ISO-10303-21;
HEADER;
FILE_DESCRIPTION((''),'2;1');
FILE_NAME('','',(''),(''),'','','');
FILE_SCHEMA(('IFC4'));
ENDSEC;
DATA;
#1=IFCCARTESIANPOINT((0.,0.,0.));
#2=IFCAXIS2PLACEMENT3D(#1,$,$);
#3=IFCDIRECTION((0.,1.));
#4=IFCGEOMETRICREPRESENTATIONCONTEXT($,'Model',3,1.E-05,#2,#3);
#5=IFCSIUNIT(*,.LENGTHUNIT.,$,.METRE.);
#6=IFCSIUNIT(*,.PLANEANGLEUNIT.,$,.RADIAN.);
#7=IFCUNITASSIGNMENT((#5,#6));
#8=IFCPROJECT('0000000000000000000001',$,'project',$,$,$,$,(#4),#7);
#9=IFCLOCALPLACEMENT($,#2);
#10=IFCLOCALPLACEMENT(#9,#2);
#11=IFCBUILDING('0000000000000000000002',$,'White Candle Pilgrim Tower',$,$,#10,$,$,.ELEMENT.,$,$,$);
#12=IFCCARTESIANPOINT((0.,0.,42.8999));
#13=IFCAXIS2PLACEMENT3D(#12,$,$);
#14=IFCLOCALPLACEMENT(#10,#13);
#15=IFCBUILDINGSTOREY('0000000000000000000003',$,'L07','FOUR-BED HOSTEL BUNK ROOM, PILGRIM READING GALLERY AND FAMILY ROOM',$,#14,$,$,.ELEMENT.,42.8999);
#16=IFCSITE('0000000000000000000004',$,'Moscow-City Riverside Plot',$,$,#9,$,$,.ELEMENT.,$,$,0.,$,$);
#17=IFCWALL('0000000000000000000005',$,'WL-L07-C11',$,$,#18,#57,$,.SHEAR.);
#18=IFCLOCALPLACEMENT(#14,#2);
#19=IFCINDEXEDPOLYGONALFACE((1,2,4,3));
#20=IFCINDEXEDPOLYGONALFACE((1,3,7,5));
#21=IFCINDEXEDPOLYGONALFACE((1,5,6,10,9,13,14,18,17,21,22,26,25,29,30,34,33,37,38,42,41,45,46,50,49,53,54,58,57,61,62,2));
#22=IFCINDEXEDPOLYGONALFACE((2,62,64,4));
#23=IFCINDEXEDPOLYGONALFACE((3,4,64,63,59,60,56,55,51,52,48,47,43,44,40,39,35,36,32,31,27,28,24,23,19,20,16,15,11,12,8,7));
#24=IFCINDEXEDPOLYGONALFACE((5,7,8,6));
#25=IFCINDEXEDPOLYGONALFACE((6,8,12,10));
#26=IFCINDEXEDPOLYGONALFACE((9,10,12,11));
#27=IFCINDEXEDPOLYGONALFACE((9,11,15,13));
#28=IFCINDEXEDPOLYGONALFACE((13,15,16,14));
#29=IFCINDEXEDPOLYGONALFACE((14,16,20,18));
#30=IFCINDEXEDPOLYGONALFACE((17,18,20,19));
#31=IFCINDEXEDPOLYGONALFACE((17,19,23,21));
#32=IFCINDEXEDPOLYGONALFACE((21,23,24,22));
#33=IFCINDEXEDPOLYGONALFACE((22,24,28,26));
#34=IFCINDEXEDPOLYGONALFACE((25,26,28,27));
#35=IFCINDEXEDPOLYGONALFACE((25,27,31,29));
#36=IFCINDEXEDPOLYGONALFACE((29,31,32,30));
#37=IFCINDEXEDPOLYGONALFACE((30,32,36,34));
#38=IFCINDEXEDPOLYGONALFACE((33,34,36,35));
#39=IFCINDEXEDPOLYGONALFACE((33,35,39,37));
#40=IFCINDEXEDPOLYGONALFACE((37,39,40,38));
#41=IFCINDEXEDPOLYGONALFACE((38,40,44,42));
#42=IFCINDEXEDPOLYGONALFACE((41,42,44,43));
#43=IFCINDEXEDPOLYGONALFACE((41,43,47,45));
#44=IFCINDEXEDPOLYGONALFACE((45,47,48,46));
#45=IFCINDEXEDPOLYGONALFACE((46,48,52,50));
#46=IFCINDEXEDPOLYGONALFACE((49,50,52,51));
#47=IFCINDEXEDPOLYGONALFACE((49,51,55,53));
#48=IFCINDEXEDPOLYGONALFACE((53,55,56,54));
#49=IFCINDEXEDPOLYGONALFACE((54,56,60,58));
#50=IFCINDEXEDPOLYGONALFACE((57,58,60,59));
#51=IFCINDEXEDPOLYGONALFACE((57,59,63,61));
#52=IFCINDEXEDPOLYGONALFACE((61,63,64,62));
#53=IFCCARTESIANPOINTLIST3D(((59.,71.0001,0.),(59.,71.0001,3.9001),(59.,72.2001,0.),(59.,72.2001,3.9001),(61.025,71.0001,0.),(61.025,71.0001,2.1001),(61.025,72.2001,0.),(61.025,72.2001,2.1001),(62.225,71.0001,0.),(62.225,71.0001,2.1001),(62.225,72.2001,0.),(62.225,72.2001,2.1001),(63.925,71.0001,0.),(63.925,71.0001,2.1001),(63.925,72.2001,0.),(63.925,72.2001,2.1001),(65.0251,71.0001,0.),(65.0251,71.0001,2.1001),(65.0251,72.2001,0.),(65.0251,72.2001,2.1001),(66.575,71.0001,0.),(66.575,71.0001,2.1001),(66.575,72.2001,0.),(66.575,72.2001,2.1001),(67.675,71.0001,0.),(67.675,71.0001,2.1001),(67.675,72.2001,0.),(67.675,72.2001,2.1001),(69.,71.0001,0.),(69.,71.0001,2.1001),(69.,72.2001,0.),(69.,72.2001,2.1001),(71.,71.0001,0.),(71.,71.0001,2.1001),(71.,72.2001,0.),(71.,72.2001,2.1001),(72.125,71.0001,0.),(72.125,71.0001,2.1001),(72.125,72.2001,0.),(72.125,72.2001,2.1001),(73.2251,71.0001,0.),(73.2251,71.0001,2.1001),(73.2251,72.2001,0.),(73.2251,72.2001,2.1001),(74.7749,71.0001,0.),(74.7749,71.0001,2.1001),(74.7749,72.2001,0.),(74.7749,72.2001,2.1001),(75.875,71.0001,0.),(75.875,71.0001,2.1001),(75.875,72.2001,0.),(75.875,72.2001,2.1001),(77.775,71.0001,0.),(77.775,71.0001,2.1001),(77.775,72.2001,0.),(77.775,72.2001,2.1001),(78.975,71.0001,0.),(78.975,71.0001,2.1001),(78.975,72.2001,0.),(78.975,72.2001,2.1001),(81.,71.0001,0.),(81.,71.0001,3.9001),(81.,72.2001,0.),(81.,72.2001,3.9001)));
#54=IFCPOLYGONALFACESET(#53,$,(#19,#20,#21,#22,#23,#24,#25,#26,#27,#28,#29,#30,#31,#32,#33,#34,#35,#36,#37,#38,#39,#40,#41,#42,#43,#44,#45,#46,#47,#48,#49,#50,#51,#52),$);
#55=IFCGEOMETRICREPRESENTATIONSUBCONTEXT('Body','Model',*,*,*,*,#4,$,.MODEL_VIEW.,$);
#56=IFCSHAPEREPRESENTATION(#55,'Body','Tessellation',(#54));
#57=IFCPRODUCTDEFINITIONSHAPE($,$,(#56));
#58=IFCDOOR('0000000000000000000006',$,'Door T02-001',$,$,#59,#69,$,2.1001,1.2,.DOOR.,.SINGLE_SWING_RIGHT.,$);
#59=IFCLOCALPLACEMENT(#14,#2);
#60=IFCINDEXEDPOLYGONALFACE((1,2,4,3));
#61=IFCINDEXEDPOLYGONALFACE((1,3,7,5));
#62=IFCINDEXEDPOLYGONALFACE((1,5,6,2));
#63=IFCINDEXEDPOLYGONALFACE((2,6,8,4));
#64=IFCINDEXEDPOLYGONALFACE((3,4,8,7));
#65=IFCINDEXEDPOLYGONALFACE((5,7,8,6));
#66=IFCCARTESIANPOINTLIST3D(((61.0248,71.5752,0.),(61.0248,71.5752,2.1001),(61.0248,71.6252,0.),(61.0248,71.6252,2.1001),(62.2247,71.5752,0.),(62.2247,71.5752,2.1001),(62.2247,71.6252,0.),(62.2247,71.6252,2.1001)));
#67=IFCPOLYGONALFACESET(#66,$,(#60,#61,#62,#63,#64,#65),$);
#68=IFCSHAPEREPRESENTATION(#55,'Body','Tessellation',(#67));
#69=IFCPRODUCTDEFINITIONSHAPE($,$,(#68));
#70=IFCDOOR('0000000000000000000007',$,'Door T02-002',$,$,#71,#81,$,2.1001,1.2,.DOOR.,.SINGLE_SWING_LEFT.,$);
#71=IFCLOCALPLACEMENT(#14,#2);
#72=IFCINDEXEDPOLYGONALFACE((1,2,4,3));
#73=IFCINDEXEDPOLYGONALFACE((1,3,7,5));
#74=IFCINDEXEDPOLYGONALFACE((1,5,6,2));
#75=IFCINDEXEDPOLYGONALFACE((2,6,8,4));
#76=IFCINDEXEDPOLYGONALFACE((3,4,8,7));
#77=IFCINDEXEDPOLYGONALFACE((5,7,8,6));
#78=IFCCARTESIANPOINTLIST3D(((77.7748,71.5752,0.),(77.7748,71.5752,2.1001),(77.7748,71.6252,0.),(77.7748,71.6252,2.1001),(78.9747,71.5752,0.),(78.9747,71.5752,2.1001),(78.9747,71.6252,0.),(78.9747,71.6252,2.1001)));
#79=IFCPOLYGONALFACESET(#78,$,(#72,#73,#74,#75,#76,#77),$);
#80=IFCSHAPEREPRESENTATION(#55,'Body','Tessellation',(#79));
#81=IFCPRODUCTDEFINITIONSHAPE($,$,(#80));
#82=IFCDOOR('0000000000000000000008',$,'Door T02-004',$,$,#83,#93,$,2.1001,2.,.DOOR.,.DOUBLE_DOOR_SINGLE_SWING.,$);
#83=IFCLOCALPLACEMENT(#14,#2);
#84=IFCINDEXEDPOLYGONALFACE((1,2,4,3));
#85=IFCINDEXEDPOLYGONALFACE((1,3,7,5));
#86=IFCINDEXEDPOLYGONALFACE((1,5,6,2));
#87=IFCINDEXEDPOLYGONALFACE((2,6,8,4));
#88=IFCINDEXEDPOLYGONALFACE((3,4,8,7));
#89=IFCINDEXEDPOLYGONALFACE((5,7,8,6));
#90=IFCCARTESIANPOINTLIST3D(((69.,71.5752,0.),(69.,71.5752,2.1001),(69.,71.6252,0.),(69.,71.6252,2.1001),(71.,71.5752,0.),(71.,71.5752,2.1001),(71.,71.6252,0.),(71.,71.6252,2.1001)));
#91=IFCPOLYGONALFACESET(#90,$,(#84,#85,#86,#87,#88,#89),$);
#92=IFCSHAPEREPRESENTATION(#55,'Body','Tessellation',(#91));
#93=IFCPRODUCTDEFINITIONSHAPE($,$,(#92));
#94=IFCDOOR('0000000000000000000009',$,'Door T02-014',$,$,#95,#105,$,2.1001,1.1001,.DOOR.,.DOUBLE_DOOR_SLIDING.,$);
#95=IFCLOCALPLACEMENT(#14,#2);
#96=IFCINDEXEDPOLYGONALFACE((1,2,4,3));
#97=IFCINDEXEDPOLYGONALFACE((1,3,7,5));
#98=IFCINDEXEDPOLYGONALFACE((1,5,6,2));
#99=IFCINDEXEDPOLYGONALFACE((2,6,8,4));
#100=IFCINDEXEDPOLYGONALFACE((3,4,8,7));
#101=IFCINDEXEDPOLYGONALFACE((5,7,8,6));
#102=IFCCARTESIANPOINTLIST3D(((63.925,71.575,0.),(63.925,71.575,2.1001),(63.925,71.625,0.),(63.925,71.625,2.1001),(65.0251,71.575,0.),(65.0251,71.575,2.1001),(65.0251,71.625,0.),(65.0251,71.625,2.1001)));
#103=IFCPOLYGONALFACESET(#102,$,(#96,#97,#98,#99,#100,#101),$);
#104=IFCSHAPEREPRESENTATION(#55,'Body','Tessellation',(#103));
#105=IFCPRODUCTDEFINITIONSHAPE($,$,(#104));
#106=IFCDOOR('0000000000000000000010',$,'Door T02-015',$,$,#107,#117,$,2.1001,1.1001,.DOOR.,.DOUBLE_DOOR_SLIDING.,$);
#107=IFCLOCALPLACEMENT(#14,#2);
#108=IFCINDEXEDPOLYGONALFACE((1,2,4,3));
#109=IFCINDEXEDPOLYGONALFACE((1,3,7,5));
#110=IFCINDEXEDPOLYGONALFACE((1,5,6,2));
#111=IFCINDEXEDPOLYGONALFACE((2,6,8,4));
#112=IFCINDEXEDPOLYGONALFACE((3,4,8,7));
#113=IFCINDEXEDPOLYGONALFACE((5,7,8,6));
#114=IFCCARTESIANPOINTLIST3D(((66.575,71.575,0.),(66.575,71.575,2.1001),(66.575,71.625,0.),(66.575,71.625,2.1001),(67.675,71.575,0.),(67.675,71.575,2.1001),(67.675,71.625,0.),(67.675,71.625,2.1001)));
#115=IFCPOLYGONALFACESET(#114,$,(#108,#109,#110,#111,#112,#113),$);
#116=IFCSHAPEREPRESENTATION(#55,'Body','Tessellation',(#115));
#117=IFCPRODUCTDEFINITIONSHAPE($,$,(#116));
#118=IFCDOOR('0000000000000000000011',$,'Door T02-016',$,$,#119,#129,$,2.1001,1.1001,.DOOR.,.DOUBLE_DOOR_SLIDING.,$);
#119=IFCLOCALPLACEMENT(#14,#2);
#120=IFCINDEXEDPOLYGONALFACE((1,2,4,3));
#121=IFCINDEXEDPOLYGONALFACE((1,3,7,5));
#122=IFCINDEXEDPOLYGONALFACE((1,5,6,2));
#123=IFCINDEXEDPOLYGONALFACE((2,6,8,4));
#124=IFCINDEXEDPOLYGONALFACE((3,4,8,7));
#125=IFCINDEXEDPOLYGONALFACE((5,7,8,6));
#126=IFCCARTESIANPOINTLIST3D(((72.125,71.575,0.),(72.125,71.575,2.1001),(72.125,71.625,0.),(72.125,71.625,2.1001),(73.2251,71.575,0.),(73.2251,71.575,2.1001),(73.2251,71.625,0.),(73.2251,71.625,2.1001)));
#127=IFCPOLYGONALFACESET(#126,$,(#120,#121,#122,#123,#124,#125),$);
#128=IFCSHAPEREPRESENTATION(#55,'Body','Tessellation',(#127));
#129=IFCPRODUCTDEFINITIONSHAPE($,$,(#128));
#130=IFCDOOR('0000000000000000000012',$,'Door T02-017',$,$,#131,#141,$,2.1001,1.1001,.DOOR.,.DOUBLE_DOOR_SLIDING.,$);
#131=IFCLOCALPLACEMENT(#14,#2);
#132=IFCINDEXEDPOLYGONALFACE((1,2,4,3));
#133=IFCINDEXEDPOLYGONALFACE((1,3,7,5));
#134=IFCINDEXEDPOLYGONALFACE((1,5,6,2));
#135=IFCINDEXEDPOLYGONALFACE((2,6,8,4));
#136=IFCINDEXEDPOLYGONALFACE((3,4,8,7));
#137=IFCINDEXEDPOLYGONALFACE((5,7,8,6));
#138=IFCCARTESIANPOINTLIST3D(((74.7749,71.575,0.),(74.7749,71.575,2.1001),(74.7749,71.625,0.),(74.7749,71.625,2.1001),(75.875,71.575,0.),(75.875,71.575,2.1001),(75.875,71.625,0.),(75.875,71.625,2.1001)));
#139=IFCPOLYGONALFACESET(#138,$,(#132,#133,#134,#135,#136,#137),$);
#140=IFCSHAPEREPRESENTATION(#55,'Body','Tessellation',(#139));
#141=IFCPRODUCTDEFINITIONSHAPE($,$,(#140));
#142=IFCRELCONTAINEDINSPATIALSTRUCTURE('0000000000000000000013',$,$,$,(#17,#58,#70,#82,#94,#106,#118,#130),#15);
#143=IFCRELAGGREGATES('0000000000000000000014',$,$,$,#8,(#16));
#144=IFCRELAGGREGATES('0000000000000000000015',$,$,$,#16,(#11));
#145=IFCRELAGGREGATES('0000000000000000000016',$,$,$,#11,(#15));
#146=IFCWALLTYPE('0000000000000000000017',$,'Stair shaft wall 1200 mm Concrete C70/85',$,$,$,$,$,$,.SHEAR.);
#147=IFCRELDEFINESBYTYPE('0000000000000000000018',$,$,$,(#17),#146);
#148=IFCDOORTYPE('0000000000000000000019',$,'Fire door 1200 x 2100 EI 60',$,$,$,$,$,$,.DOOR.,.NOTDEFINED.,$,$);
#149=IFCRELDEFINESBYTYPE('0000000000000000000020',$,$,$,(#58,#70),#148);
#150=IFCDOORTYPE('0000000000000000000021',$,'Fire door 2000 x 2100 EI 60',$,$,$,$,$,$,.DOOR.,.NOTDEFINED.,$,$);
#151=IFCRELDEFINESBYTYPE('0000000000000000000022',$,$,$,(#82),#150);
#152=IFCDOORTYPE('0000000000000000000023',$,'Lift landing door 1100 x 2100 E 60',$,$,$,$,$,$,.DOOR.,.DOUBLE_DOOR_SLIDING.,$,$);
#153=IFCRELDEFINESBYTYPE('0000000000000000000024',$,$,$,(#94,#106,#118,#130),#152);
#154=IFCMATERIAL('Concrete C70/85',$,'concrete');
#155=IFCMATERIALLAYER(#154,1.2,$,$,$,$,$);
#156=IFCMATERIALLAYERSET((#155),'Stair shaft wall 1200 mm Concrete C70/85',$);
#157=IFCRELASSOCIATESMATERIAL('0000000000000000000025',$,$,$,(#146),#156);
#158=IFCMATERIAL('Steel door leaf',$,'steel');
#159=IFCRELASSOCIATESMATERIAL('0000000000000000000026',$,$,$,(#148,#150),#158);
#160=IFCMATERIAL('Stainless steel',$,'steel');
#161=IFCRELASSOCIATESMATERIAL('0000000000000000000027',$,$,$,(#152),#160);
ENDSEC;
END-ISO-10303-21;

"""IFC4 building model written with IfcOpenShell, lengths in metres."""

from ifc_helpers import new_model, si_unit, direction, frame, frame_2d, origin, place, context, subcontext, project, spatial, rectangle, extrude, material, layer, layer_set, type_object, element, fill, save


model = new_model("IFC4")

# Units and contexts
model_context = context("Model", 3, precision=1e-05, world=origin(), true_north=direction((0.0, 1.0)))
body_context = subcontext(model_context, "Body", "Model", "MODEL_VIEW")
ifc_project = project(units=[si_unit("LENGTHUNIT", "METRE"), si_unit("PLANEANGLEUNIT", "RADIAN")], contexts=[model_context])

# Site, building, storey
site_placement = place(None, origin())
site = spatial("IfcSite", under=ifc_project, at=site_placement, Name="Moscow-City Riverside Plot", CompositionType="ELEMENT", RefElevation=0.0)
building_placement = place(site_placement, origin())
building = spatial("IfcBuilding", under=site, at=building_placement, Name="White Candle Pilgrim Tower", CompositionType="ELEMENT")
storey_placement = place(building_placement, frame((0.0, 0.0, 42.8999)))
storey = spatial("IfcBuildingStorey", under=building, at=storey_placement, Name="L07", Description="FOUR-BED HOSTEL BUNK ROOM, PILGRIM READING GALLERY AND FAMILY ROOM", CompositionType="ELEMENT", Elevation=42.8999)

# Shared definitions
ifc_material_1 = material(Name="Steel door leaf", Category="steel")

# Wall, openings, doors
ifc_material_2 = material(Name="Concrete C70/85", Category="concrete")
ifc_layer_1 = layer(ifc_material_2, 1.2)
ifc_layer_set_1 = layer_set([ifc_layer_1], Name="Stair shaft wall 1200 mm Concrete C70/85")
wall_type_1 = type_object("IfcWallType", Name="Stair shaft wall 1200 mm Concrete C70/85", PredefinedType="SHEAR", material=ifc_layer_set_1)
wall_1_placement = place(storey_placement, frame((59.0, 71.6001, 0.0), z_axis=(0.0, 0.0, 1.0), x_axis=(1.0, 0.0, 0.0)))
wall_1 = element("IfcWall", 1, at=wall_1_placement, inside=storey, type_object=wall_type_1, Name="WL-L07-C11", PredefinedType="SHEAR", context=body_context, shape_type="SweptSolid", body=[
    extrude(rectangle(XDim=22.0, YDim=1.2, at=frame_2d((11.0, 0.0))), origin(), (0.0, 0.0, 1.0), 3.9001),
])
opening_1_placement = place(wall_1_placement, frame((2.0249, 0.0, 0.0)))
opening_1 = element("IfcOpeningElement", 2, at=opening_1_placement, cuts=wall_1, PredefinedType="OPENING", context=body_context, shape_type="SweptSolid", body=[
    extrude(rectangle(XDim=1.2, YDim=2.1001, at=frame_2d((0.6001, 1.05))), frame((0.0, 0.6099, 0.0), z_axis=(0.0, -1.0, 0.0), x_axis=(1.0, 0.0, 0.0)), (0.0, 0.0, 1.0), 1.22),
])
opening_2_placement = place(wall_1_placement, frame((18.7749, 0.0, 0.0)))
opening_2 = element("IfcOpeningElement", 3, at=opening_2_placement, cuts=wall_1, PredefinedType="OPENING", context=body_context, shape_type="SweptSolid", body=[
    extrude(rectangle(XDim=1.2, YDim=2.1001, at=frame_2d((0.6001, 1.05))), frame((0.0, 0.6099, 0.0), z_axis=(0.0, -1.0, 0.0), x_axis=(1.0, 0.0, 0.0)), (0.0, 0.0, 1.0), 1.22),
])
opening_3_placement = place(wall_1_placement, frame((10.0, 0.0, 0.0)))
opening_3 = element("IfcOpeningElement", 4, at=opening_3_placement, cuts=wall_1, PredefinedType="OPENING", context=body_context, shape_type="SweptSolid", body=[
    extrude(rectangle(XDim=2.0, YDim=2.1001, at=frame_2d((1.0, 1.05))), frame((0.0, 0.6099, 0.0), z_axis=(0.0, -1.0, 0.0), x_axis=(1.0, 0.0, 0.0)), (0.0, 0.0, 1.0), 1.22),
])
opening_4_placement = place(wall_1_placement, frame((4.925, 0.0, 0.0)))
opening_4 = element("IfcOpeningElement", 5, at=opening_4_placement, cuts=wall_1, PredefinedType="OPENING", context=body_context, shape_type="SweptSolid", body=[
    extrude(rectangle(XDim=1.1001, YDim=2.1001, at=frame_2d((0.55, 1.05))), frame((0.0, 0.6099, 0.0), z_axis=(0.0, -1.0, 0.0), x_axis=(1.0, 0.0, 0.0)), (0.0, 0.0, 1.0), 1.22),
])
opening_5_placement = place(wall_1_placement, frame((7.575, 0.0, 0.0)))
opening_5 = element("IfcOpeningElement", 6, at=opening_5_placement, cuts=wall_1, PredefinedType="OPENING", context=body_context, shape_type="SweptSolid", body=[
    extrude(rectangle(XDim=1.1001, YDim=2.1001, at=frame_2d((0.55, 1.05))), frame((0.0, 0.6099, 0.0), z_axis=(0.0, -1.0, 0.0), x_axis=(1.0, 0.0, 0.0)), (0.0, 0.0, 1.0), 1.22),
])
opening_6_placement = place(wall_1_placement, frame((13.125, 0.0, 0.0)))
opening_6 = element("IfcOpeningElement", 7, at=opening_6_placement, cuts=wall_1, PredefinedType="OPENING", context=body_context, shape_type="SweptSolid", body=[
    extrude(rectangle(XDim=1.1001, YDim=2.1001, at=frame_2d((0.55, 1.05))), frame((0.0, 0.6099, 0.0), z_axis=(0.0, -1.0, 0.0), x_axis=(1.0, 0.0, 0.0)), (0.0, 0.0, 1.0), 1.22),
])
opening_7_placement = place(wall_1_placement, frame((15.7749, 0.0, 0.0)))
opening_7 = element("IfcOpeningElement", 8, at=opening_7_placement, cuts=wall_1, PredefinedType="OPENING", context=body_context, shape_type="SweptSolid", body=[
    extrude(rectangle(XDim=1.1001, YDim=2.1001, at=frame_2d((0.55, 1.05))), frame((0.0, 0.6099, 0.0), z_axis=(0.0, -1.0, 0.0), x_axis=(1.0, 0.0, 0.0)), (0.0, 0.0, 1.0), 1.22),
])
door_type_1 = type_object("IfcDoorType", Name="Fire door 1200 x 2100 EI 60", OperationType="NOTDEFINED", PredefinedType="DOOR", material=ifc_material_1)
door_1_placement = place(opening_1_placement, frame((1.2, 0.0, 0.0), z_axis=(0.0, 0.0, 1.0), x_axis=(-1.0, 0.0, 0.0)))
door_1 = element("IfcDoor", 9, at=door_1_placement, inside=storey, type_object=door_type_1, Name="Door T02-001", OperationType="SINGLE_SWING_RIGHT", OverallHeight=2.1001, OverallWidth=1.2, PredefinedType="DOOR", context=body_context, shape_type="SweptSolid", body=[
    extrude(rectangle(XDim=1.2, YDim=2.1001, at=frame_2d((0.6001, 1.05))), frame((0.0, 0.0249, 0.0), z_axis=(0.0, -1.0, 0.0), x_axis=(1.0, 0.0, 0.0)), (0.0, 0.0, 1.0), 0.05),
])
fill(opening_1, door_1)
door_2_placement = place(opening_2_placement, frame((1.2, 0.0, 0.0), z_axis=(0.0, 0.0, 1.0), x_axis=(-1.0, 0.0, 0.0)))
door_2 = element("IfcDoor", 10, at=door_2_placement, inside=storey, type_object=door_type_1, Name="Door T02-002", OperationType="SINGLE_SWING_LEFT", OverallHeight=2.1001, OverallWidth=1.2, PredefinedType="DOOR", context=body_context, shape_type="SweptSolid", body=[
    extrude(rectangle(XDim=1.2, YDim=2.1001, at=frame_2d((0.6001, 1.05))), frame((0.0, 0.0249, 0.0), z_axis=(0.0, -1.0, 0.0), x_axis=(1.0, 0.0, 0.0)), (0.0, 0.0, 1.0), 0.05),
])
fill(opening_2, door_2)
door_type_2 = type_object("IfcDoorType", Name="Fire door 2000 x 2100 EI 60", OperationType="NOTDEFINED", PredefinedType="DOOR", material=ifc_material_1)
door_3_placement = place(opening_3_placement, frame((2.0, 0.0, 0.0), z_axis=(0.0, 0.0, 1.0), x_axis=(-1.0, 0.0, 0.0)))
door_3 = element("IfcDoor", 11, at=door_3_placement, inside=storey, type_object=door_type_2, Name="Door T02-004", OperationType="DOUBLE_DOOR_SINGLE_SWING", OverallHeight=2.1001, OverallWidth=2.0, PredefinedType="DOOR", context=body_context, shape_type="SweptSolid", body=[
    extrude(rectangle(XDim=2.0, YDim=2.1001, at=frame_2d((1.0, 1.05))), frame((0.0, 0.0249, 0.0), z_axis=(0.0, -1.0, 0.0), x_axis=(1.0, 0.0, 0.0)), (0.0, 0.0, 1.0), 0.05),
])
fill(opening_3, door_3)
ifc_material_3 = material(Name="Stainless steel", Category="steel")
door_type_3 = type_object("IfcDoorType", Name="Lift landing door 1100 x 2100 E 60", OperationType="DOUBLE_DOOR_SLIDING", PredefinedType="DOOR", material=ifc_material_3)
door_4_placement = place(opening_4_placement, origin())
door_4 = element("IfcDoor", 12, at=door_4_placement, inside=storey, type_object=door_type_3, Name="Door T02-014", OperationType="DOUBLE_DOOR_SLIDING", OverallHeight=2.1001, OverallWidth=1.1001, PredefinedType="DOOR", context=body_context, shape_type="SweptSolid", body=[
    extrude(rectangle(XDim=1.1001, YDim=2.1001, at=frame_2d((0.55, 1.05))), frame((0.0, 0.0249, 0.0), z_axis=(0.0, -1.0, 0.0), x_axis=(1.0, 0.0, 0.0)), (0.0, 0.0, 1.0), 0.05),
])
fill(opening_4, door_4)
door_5_placement = place(opening_5_placement, origin())
door_5 = element("IfcDoor", 13, at=door_5_placement, inside=storey, type_object=door_type_3, Name="Door T02-015", OperationType="DOUBLE_DOOR_SLIDING", OverallHeight=2.1001, OverallWidth=1.1001, PredefinedType="DOOR", context=body_context, shape_type="SweptSolid", body=[
    extrude(rectangle(XDim=1.1001, YDim=2.1001, at=frame_2d((0.55, 1.05))), frame((0.0, 0.0249, 0.0), z_axis=(0.0, -1.0, 0.0), x_axis=(1.0, 0.0, 0.0)), (0.0, 0.0, 1.0), 0.05),
])
fill(opening_5, door_5)
door_6_placement = place(opening_6_placement, origin())
door_6 = element("IfcDoor", 14, at=door_6_placement, inside=storey, type_object=door_type_3, Name="Door T02-016", OperationType="DOUBLE_DOOR_SLIDING", OverallHeight=2.1001, OverallWidth=1.1001, PredefinedType="DOOR", context=body_context, shape_type="SweptSolid", body=[
    extrude(rectangle(XDim=1.1001, YDim=2.1001, at=frame_2d((0.55, 1.05))), frame((0.0, 0.0249, 0.0), z_axis=(0.0, -1.0, 0.0), x_axis=(1.0, 0.0, 0.0)), (0.0, 0.0, 1.0), 0.05),
])
fill(opening_6, door_6)
door_7_placement = place(opening_7_placement, origin())
door_7 = element("IfcDoor", 15, at=door_7_placement, inside=storey, type_object=door_type_3, Name="Door T02-017", OperationType="DOUBLE_DOOR_SLIDING", OverallHeight=2.1001, OverallWidth=1.1001, PredefinedType="DOOR", context=body_context, shape_type="SweptSolid", body=[
    extrude(rectangle(XDim=1.1001, YDim=2.1001, at=frame_2d((0.55, 1.05))), frame((0.0, 0.0249, 0.0), z_axis=(0.0, -1.0, 0.0), x_axis=(1.0, 0.0, 0.0)), (0.0, 0.0, 1.0), 0.05),
])
fill(opening_7, door_7)

save(model, "model.ifc")
